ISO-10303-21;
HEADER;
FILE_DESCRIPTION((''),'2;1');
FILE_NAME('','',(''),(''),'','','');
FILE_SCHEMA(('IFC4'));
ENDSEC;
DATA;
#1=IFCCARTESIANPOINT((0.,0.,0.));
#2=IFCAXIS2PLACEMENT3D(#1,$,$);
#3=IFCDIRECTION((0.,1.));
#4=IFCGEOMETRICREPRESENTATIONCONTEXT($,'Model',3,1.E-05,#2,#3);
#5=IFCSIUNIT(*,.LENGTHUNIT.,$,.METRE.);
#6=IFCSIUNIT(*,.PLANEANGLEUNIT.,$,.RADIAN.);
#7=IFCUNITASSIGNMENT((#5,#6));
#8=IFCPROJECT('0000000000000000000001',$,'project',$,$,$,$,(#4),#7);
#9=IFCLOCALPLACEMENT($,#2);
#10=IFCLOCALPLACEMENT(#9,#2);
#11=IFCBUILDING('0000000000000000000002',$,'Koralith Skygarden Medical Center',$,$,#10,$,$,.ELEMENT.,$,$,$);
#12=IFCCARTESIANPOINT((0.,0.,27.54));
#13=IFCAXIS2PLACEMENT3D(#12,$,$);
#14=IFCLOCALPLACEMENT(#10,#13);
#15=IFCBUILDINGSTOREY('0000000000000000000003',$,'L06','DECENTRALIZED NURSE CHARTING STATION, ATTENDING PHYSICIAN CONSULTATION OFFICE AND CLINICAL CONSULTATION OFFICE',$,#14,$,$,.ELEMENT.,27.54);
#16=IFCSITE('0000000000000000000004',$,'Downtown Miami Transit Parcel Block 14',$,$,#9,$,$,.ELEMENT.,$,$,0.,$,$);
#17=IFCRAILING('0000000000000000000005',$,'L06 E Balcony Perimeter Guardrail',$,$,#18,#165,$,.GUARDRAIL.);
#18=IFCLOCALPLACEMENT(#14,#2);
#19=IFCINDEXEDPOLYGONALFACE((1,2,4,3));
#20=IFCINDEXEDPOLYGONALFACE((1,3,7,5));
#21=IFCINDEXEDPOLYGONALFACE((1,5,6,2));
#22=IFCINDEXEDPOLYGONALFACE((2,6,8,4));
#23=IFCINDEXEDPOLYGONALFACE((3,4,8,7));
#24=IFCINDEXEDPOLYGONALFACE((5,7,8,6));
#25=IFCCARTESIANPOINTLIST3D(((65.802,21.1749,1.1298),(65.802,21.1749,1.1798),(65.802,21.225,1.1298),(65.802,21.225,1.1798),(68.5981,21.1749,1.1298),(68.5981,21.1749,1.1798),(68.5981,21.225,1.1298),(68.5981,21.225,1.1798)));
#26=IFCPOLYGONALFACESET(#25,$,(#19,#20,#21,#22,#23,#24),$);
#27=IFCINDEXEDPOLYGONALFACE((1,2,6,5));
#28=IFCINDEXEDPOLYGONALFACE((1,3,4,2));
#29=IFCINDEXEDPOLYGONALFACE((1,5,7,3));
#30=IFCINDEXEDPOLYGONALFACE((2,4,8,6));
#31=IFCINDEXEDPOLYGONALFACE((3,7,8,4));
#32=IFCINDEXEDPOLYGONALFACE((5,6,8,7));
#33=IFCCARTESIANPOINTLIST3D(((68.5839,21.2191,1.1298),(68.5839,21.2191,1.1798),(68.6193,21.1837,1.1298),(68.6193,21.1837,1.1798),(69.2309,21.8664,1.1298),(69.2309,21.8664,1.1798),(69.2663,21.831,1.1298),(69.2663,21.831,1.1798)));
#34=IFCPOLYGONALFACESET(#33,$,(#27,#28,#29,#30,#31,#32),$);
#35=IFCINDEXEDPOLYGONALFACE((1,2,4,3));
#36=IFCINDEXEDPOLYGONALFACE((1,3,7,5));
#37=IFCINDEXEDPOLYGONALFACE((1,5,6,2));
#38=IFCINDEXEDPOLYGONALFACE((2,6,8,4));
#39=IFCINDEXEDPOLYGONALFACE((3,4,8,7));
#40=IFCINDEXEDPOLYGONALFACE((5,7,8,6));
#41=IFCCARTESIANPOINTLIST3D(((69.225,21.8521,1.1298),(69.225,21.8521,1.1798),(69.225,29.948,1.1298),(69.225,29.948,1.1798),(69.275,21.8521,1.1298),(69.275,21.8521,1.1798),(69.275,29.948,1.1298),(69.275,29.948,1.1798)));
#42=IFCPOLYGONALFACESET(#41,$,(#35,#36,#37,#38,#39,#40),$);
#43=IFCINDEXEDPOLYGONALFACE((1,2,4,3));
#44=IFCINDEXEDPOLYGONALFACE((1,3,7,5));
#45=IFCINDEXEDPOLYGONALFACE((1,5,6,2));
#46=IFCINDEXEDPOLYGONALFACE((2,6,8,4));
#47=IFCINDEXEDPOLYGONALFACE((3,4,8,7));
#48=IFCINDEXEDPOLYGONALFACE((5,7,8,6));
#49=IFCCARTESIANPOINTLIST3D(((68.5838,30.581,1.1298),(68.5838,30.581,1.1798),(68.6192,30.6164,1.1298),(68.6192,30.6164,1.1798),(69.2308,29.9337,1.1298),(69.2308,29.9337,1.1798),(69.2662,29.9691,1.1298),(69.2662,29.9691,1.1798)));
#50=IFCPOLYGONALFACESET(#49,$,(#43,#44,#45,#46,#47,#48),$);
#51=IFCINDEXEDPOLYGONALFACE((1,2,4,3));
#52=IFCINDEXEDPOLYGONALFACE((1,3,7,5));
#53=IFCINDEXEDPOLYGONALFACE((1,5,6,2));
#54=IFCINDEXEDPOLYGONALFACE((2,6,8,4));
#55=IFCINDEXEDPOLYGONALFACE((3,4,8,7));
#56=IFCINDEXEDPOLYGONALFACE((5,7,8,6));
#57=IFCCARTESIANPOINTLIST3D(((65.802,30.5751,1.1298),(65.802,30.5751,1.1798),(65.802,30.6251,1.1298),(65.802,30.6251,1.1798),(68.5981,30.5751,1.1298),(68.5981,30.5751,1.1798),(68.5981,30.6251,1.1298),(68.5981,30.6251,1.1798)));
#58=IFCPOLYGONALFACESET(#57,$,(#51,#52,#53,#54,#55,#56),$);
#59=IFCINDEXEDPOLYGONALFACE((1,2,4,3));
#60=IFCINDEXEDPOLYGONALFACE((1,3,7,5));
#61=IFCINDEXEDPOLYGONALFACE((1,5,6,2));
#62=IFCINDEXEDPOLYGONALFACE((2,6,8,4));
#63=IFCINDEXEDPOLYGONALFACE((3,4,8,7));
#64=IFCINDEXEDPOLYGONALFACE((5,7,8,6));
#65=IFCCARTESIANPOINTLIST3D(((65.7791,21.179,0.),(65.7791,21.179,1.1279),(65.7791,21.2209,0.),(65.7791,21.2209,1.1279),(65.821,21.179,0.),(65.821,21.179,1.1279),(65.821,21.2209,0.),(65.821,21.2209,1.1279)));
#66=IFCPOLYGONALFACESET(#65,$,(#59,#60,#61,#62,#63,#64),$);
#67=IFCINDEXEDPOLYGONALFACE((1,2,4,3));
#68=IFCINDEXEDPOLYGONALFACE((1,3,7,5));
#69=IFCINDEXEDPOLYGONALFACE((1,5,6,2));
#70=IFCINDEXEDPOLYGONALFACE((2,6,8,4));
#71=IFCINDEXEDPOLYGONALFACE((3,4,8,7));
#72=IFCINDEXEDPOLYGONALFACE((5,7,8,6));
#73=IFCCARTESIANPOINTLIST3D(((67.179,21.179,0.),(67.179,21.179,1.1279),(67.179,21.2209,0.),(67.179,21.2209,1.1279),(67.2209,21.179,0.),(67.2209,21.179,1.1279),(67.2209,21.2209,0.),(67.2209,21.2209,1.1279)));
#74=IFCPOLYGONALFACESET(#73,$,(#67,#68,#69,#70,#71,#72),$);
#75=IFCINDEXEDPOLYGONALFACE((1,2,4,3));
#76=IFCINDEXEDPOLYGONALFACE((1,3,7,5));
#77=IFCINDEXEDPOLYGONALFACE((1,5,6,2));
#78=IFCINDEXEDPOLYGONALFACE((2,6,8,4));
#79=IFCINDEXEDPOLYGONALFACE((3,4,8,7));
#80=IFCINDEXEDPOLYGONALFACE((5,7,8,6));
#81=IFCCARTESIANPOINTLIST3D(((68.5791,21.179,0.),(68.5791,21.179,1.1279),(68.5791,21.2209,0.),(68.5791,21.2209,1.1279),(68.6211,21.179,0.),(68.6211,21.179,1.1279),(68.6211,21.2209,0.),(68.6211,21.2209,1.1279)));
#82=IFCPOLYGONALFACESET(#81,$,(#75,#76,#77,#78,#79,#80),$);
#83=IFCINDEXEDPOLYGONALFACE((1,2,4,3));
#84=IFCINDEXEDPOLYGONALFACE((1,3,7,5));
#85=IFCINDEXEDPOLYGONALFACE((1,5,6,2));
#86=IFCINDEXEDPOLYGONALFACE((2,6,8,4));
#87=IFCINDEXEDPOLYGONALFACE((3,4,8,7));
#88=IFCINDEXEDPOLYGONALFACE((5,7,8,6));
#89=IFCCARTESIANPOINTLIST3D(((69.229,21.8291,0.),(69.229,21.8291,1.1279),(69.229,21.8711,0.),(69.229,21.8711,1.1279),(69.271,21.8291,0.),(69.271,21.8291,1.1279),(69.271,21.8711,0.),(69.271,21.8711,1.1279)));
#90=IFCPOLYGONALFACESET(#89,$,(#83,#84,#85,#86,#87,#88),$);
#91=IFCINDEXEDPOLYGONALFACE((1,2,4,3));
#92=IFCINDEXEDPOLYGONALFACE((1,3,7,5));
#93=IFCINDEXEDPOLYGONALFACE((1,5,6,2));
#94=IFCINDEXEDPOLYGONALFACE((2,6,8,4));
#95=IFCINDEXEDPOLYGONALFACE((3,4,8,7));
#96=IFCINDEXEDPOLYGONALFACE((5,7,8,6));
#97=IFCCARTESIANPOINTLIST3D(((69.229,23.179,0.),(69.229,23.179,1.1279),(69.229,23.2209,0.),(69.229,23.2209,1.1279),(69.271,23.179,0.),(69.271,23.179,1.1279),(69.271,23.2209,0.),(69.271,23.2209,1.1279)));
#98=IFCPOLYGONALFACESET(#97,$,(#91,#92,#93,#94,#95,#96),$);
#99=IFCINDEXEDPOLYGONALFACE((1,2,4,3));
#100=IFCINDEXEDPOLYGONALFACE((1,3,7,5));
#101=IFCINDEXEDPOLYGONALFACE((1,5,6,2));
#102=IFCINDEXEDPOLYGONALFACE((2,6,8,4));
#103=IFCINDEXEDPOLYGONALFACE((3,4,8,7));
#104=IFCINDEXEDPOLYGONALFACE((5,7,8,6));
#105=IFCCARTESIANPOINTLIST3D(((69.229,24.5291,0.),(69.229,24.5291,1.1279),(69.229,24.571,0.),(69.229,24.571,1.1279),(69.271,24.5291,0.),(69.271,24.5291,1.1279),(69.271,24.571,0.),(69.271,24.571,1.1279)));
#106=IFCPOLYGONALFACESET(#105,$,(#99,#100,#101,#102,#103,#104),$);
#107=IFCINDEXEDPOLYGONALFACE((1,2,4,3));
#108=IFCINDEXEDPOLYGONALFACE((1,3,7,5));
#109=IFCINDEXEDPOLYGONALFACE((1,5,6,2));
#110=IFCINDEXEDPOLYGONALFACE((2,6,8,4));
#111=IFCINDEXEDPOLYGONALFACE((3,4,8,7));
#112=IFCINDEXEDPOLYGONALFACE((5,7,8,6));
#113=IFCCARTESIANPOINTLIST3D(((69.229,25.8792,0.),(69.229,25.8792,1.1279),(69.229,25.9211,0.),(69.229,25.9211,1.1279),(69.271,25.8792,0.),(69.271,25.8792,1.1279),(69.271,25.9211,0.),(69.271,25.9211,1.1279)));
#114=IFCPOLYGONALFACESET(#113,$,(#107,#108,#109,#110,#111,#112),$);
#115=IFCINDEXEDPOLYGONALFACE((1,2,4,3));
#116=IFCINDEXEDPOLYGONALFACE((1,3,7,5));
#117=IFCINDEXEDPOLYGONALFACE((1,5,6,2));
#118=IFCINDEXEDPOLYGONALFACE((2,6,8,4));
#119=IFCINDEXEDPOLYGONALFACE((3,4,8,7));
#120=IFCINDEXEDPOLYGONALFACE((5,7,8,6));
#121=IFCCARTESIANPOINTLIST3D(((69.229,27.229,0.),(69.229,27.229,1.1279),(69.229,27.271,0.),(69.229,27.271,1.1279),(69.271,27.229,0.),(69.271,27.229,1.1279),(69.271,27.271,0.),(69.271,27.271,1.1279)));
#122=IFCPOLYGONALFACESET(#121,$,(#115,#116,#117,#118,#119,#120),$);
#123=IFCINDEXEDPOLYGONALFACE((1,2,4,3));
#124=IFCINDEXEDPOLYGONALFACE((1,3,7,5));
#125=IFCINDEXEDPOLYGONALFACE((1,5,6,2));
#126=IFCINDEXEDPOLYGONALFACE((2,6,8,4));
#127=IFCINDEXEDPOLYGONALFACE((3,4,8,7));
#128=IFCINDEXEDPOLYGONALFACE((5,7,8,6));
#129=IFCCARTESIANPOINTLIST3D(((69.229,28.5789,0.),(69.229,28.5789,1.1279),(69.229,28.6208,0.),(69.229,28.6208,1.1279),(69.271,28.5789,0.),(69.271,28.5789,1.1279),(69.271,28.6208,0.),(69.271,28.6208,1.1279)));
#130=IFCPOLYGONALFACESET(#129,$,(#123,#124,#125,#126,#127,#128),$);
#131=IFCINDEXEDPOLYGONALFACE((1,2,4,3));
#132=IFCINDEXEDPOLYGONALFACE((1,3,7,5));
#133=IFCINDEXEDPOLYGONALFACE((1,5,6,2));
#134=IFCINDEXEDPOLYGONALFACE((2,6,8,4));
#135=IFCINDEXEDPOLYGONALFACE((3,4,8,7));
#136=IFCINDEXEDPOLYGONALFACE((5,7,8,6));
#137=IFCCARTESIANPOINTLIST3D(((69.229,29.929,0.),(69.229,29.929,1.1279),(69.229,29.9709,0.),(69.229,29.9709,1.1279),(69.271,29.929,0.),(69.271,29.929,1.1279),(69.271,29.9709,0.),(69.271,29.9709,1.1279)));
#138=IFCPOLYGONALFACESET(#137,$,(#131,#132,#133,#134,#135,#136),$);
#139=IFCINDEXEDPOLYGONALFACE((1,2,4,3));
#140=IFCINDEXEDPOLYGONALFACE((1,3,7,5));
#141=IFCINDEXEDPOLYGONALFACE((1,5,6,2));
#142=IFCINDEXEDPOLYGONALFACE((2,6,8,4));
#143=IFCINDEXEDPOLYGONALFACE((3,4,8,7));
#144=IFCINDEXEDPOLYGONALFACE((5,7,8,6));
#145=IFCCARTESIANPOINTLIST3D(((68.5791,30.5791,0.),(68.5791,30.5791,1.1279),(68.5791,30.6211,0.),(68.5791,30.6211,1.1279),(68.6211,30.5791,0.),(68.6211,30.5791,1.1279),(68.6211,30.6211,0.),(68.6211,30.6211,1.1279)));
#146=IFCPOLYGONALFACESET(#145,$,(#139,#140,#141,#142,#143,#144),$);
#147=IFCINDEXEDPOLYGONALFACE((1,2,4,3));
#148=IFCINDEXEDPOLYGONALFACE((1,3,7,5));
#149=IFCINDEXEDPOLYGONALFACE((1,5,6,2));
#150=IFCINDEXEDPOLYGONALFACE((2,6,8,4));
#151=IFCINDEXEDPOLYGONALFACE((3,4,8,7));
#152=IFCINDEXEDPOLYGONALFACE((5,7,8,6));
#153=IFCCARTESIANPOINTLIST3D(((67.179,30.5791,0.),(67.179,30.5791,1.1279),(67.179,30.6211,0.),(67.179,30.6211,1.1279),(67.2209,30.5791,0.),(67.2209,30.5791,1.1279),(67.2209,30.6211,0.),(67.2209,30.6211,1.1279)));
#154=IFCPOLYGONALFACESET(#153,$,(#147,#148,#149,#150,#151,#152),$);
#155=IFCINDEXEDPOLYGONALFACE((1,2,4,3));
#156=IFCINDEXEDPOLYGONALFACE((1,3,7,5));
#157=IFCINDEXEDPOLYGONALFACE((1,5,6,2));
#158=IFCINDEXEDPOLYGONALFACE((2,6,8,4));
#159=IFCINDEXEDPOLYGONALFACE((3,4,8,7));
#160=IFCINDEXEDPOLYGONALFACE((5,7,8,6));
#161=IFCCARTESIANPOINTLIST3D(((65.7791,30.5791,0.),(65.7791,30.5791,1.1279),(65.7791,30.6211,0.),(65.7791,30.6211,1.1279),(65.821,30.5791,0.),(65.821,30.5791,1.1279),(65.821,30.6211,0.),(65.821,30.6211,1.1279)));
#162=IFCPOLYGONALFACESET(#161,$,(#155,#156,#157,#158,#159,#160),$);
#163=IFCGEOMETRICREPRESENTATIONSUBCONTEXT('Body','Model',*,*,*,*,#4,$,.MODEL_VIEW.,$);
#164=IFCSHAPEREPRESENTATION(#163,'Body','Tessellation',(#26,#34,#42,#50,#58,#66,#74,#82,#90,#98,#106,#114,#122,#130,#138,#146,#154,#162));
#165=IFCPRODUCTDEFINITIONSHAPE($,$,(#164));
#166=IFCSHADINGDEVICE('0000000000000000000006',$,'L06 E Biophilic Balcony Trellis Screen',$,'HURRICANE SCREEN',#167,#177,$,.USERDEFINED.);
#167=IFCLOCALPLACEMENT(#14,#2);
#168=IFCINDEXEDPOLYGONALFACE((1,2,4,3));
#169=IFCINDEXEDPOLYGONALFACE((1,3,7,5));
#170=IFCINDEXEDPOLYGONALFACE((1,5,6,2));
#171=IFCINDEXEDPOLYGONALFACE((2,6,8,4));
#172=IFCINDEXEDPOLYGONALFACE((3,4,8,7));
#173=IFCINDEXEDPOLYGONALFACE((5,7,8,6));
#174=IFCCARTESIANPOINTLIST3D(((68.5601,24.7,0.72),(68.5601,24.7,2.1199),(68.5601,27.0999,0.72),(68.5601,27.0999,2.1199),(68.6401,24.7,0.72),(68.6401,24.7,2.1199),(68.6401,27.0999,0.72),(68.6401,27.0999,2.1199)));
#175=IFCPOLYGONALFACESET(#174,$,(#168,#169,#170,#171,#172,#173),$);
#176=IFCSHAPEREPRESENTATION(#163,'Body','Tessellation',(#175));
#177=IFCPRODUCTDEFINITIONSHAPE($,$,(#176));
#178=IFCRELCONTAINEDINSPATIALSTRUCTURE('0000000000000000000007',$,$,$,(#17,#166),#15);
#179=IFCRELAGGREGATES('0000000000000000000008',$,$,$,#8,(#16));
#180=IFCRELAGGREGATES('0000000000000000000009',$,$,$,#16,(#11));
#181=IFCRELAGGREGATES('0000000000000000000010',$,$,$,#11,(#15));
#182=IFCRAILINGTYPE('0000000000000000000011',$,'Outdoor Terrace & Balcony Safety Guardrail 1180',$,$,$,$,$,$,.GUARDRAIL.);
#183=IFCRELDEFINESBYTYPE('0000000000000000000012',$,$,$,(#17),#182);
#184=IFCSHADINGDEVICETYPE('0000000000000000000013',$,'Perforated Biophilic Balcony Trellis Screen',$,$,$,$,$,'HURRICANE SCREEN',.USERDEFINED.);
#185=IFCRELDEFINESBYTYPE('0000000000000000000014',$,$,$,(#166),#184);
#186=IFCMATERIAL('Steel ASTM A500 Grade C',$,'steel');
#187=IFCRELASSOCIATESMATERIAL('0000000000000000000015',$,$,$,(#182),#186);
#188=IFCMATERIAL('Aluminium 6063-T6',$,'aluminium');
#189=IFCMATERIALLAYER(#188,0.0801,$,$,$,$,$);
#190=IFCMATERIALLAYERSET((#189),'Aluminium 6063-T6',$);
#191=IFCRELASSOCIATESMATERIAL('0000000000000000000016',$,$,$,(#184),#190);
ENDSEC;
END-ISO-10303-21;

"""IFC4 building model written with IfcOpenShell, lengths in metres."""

from ifc_helpers import new_model, si_unit, direction, frame, origin, origin_2d, place, context, subcontext, project, spatial, rectangle, extrude, material, layer, layer_set, type_object, element, save


model = new_model("IFC4")

# Units and contexts
model_context = context("Model", 3, precision=1e-05, world=origin(), true_north=direction((0.0, 1.0)))
body_context = subcontext(model_context, "Body", "Model", "MODEL_VIEW")
ifc_project = project(units=[si_unit("LENGTHUNIT", "METRE"), si_unit("PLANEANGLEUNIT", "RADIAN")], contexts=[model_context])

# Site, building, storey
site_placement = place(None, origin())
site = spatial("IfcSite", under=ifc_project, at=site_placement, Name="Downtown Miami Transit Parcel Block 14", CompositionType="ELEMENT", RefElevation=0.0)
building_placement = place(site_placement, origin())
building = spatial("IfcBuilding", under=site, at=building_placement, Name="Koralith Skygarden Medical Center", CompositionType="ELEMENT")
storey_placement = place(building_placement, frame((0.0, 0.0, 27.54)))
storey = spatial("IfcBuildingStorey", under=building, at=storey_placement, Name="L06", Description="DECENTRALIZED NURSE CHARTING STATION, ATTENDING PHYSICIAN CONSULTATION OFFICE AND CLINICAL CONSULTATION OFFICE", CompositionType="ELEMENT", Elevation=27.54)

# Shared definitions
ifc_material_1 = material(Name="Aluminium 6063-T6", Category="aluminium")

# Railing
ifc_material_2 = material(Name="Steel ASTM A500 Grade C", Category="steel")
railing_type = type_object("IfcRailingType", Name="Outdoor Terrace & Balcony Safety Guardrail 1180", PredefinedType="GUARDRAIL", material=ifc_material_2)
railing_placement = place(storey_placement, frame((65.8, 21.2, 0.0)))
element("IfcRailing", 1, at=railing_placement, inside=storey, type_object=railing_type, Name="L06 E Balcony Perimeter Guardrail", PredefinedType="GUARDRAIL", context=body_context, shape_type="SweptSolid", body=[
    extrude(rectangle(XDim=0.05, YDim=0.05, at=origin_2d()), frame((0.002, 0.0, 1.1548), z_axis=(1.0, 0.0, 0.0), x_axis=(0.0, 1.0, 0.0)), (0.0, 0.0, 1.0), 2.7961),
    extrude(rectangle(XDim=0.05, YDim=0.05, at=origin_2d()), frame((2.8015, 0.0015, 1.1548), z_axis=(0.706974, 0.70724, 0.0), x_axis=(-0.70724, 0.706974, 0.0)), (0.0, 0.0, 1.0), 0.9153),
    extrude(rectangle(XDim=0.05, YDim=0.05, at=origin_2d()), frame((3.45, 0.6521, 1.1548), z_axis=(0.0, 1.0, 0.0), x_axis=(-1.0, 0.0, 0.0)), (0.0, 0.0, 1.0), 8.0959),
    extrude(rectangle(XDim=0.05, YDim=0.05, at=origin_2d()), frame((3.4485, 8.7515, 1.1548), z_axis=(-0.706974, 0.70724, 0.0), x_axis=(-0.70724, -0.706974, 0.0)), (0.0, 0.0, 1.0), 0.9153),
    extrude(rectangle(XDim=0.05, YDim=0.05, at=origin_2d()), frame((2.7981, 9.4001, 1.1548), z_axis=(-1.0, 0.0, 0.0), x_axis=(0.0, -1.0, 0.0)), (0.0, 0.0, 1.0), 2.7961),
    extrude(rectangle(XDim=0.042, YDim=0.042, at=origin_2d()), origin(), (0.0, 0.0, 1.0), 1.1279),
    extrude(rectangle(XDim=0.042, YDim=0.042, at=origin_2d()), frame((1.3999, 0.0, 0.0)), (0.0, 0.0, 1.0), 1.1279),
    extrude(rectangle(XDim=0.042, YDim=0.042, at=origin_2d()), frame((2.8, 0.0, 0.0)), (0.0, 0.0, 1.0), 1.1279),
    extrude(rectangle(XDim=0.042, YDim=0.042, at=origin_2d()), frame((3.45, 0.6501, 0.0)), (0.0, 0.0, 1.0), 1.1279),
    extrude(rectangle(XDim=0.042, YDim=0.042, at=origin_2d()), frame((3.45, 2.0, 0.0)), (0.0, 0.0, 1.0), 1.1279),
    extrude(rectangle(XDim=0.042, YDim=0.042, at=origin_2d()), frame((3.45, 3.3501, 0.0)), (0.0, 0.0, 1.0), 1.1279),
    extrude(rectangle(XDim=0.042, YDim=0.042, at=origin_2d()), frame((3.45, 4.7002, 0.0)), (0.0, 0.0, 1.0), 1.1279),
    extrude(rectangle(XDim=0.042, YDim=0.042, at=origin_2d()), frame((3.45, 6.05, 0.0)), (0.0, 0.0, 1.0), 1.1279),
    extrude(rectangle(XDim=0.042, YDim=0.042, at=origin_2d()), frame((3.45, 7.3999, 0.0)), (0.0, 0.0, 1.0), 1.1279),
    extrude(rectangle(XDim=0.042, YDim=0.042, at=origin_2d()), frame((3.45, 8.75, 0.0)), (0.0, 0.0, 1.0), 1.1279),
    extrude(rectangle(XDim=0.042, YDim=0.042, at=origin_2d()), frame((2.8, 9.4001, 0.0)), (0.0, 0.0, 1.0), 1.1279),
    extrude(rectangle(XDim=0.042, YDim=0.042, at=origin_2d()), frame((1.3999, 9.4001, 0.0)), (0.0, 0.0, 1.0), 1.1279),
    extrude(rectangle(XDim=0.042, YDim=0.042, at=origin_2d()), frame((0.0, 9.4001, 0.0)), (0.0, 0.0, 1.0), 1.1279),
])

# Shading device
ifc_layer_1 = layer(ifc_material_1, 0.0801)
ifc_layer_set_1 = layer_set([ifc_layer_1], Name="Aluminium 6063-T6")
shading_device_type = type_object("IfcShadingDeviceType", Name="Perforated Biophilic Balcony Trellis Screen", ElementType="HURRICANE SCREEN", PredefinedType="USERDEFINED", material=ifc_layer_set_1)
shading_device_placement = place(storey_placement, frame((68.6001, 25.8999, 0.72), z_axis=(0.0, 0.0, 1.0), x_axis=(0.0, 1.0, 0.0)))
element("IfcShadingDevice", 2, at=shading_device_placement, inside=storey, type_object=shading_device_type, Name="L06 E Biophilic Balcony Trellis Screen", ObjectType="HURRICANE SCREEN", PredefinedType="USERDEFINED", context=body_context, shape_type="SweptSolid", body=[
    extrude(rectangle(XDim=2.3999, YDim=0.0801, at=origin_2d()), origin(), (0.0, 0.0, 1.0), 1.3999),
])

save(model, "model.ifc")
